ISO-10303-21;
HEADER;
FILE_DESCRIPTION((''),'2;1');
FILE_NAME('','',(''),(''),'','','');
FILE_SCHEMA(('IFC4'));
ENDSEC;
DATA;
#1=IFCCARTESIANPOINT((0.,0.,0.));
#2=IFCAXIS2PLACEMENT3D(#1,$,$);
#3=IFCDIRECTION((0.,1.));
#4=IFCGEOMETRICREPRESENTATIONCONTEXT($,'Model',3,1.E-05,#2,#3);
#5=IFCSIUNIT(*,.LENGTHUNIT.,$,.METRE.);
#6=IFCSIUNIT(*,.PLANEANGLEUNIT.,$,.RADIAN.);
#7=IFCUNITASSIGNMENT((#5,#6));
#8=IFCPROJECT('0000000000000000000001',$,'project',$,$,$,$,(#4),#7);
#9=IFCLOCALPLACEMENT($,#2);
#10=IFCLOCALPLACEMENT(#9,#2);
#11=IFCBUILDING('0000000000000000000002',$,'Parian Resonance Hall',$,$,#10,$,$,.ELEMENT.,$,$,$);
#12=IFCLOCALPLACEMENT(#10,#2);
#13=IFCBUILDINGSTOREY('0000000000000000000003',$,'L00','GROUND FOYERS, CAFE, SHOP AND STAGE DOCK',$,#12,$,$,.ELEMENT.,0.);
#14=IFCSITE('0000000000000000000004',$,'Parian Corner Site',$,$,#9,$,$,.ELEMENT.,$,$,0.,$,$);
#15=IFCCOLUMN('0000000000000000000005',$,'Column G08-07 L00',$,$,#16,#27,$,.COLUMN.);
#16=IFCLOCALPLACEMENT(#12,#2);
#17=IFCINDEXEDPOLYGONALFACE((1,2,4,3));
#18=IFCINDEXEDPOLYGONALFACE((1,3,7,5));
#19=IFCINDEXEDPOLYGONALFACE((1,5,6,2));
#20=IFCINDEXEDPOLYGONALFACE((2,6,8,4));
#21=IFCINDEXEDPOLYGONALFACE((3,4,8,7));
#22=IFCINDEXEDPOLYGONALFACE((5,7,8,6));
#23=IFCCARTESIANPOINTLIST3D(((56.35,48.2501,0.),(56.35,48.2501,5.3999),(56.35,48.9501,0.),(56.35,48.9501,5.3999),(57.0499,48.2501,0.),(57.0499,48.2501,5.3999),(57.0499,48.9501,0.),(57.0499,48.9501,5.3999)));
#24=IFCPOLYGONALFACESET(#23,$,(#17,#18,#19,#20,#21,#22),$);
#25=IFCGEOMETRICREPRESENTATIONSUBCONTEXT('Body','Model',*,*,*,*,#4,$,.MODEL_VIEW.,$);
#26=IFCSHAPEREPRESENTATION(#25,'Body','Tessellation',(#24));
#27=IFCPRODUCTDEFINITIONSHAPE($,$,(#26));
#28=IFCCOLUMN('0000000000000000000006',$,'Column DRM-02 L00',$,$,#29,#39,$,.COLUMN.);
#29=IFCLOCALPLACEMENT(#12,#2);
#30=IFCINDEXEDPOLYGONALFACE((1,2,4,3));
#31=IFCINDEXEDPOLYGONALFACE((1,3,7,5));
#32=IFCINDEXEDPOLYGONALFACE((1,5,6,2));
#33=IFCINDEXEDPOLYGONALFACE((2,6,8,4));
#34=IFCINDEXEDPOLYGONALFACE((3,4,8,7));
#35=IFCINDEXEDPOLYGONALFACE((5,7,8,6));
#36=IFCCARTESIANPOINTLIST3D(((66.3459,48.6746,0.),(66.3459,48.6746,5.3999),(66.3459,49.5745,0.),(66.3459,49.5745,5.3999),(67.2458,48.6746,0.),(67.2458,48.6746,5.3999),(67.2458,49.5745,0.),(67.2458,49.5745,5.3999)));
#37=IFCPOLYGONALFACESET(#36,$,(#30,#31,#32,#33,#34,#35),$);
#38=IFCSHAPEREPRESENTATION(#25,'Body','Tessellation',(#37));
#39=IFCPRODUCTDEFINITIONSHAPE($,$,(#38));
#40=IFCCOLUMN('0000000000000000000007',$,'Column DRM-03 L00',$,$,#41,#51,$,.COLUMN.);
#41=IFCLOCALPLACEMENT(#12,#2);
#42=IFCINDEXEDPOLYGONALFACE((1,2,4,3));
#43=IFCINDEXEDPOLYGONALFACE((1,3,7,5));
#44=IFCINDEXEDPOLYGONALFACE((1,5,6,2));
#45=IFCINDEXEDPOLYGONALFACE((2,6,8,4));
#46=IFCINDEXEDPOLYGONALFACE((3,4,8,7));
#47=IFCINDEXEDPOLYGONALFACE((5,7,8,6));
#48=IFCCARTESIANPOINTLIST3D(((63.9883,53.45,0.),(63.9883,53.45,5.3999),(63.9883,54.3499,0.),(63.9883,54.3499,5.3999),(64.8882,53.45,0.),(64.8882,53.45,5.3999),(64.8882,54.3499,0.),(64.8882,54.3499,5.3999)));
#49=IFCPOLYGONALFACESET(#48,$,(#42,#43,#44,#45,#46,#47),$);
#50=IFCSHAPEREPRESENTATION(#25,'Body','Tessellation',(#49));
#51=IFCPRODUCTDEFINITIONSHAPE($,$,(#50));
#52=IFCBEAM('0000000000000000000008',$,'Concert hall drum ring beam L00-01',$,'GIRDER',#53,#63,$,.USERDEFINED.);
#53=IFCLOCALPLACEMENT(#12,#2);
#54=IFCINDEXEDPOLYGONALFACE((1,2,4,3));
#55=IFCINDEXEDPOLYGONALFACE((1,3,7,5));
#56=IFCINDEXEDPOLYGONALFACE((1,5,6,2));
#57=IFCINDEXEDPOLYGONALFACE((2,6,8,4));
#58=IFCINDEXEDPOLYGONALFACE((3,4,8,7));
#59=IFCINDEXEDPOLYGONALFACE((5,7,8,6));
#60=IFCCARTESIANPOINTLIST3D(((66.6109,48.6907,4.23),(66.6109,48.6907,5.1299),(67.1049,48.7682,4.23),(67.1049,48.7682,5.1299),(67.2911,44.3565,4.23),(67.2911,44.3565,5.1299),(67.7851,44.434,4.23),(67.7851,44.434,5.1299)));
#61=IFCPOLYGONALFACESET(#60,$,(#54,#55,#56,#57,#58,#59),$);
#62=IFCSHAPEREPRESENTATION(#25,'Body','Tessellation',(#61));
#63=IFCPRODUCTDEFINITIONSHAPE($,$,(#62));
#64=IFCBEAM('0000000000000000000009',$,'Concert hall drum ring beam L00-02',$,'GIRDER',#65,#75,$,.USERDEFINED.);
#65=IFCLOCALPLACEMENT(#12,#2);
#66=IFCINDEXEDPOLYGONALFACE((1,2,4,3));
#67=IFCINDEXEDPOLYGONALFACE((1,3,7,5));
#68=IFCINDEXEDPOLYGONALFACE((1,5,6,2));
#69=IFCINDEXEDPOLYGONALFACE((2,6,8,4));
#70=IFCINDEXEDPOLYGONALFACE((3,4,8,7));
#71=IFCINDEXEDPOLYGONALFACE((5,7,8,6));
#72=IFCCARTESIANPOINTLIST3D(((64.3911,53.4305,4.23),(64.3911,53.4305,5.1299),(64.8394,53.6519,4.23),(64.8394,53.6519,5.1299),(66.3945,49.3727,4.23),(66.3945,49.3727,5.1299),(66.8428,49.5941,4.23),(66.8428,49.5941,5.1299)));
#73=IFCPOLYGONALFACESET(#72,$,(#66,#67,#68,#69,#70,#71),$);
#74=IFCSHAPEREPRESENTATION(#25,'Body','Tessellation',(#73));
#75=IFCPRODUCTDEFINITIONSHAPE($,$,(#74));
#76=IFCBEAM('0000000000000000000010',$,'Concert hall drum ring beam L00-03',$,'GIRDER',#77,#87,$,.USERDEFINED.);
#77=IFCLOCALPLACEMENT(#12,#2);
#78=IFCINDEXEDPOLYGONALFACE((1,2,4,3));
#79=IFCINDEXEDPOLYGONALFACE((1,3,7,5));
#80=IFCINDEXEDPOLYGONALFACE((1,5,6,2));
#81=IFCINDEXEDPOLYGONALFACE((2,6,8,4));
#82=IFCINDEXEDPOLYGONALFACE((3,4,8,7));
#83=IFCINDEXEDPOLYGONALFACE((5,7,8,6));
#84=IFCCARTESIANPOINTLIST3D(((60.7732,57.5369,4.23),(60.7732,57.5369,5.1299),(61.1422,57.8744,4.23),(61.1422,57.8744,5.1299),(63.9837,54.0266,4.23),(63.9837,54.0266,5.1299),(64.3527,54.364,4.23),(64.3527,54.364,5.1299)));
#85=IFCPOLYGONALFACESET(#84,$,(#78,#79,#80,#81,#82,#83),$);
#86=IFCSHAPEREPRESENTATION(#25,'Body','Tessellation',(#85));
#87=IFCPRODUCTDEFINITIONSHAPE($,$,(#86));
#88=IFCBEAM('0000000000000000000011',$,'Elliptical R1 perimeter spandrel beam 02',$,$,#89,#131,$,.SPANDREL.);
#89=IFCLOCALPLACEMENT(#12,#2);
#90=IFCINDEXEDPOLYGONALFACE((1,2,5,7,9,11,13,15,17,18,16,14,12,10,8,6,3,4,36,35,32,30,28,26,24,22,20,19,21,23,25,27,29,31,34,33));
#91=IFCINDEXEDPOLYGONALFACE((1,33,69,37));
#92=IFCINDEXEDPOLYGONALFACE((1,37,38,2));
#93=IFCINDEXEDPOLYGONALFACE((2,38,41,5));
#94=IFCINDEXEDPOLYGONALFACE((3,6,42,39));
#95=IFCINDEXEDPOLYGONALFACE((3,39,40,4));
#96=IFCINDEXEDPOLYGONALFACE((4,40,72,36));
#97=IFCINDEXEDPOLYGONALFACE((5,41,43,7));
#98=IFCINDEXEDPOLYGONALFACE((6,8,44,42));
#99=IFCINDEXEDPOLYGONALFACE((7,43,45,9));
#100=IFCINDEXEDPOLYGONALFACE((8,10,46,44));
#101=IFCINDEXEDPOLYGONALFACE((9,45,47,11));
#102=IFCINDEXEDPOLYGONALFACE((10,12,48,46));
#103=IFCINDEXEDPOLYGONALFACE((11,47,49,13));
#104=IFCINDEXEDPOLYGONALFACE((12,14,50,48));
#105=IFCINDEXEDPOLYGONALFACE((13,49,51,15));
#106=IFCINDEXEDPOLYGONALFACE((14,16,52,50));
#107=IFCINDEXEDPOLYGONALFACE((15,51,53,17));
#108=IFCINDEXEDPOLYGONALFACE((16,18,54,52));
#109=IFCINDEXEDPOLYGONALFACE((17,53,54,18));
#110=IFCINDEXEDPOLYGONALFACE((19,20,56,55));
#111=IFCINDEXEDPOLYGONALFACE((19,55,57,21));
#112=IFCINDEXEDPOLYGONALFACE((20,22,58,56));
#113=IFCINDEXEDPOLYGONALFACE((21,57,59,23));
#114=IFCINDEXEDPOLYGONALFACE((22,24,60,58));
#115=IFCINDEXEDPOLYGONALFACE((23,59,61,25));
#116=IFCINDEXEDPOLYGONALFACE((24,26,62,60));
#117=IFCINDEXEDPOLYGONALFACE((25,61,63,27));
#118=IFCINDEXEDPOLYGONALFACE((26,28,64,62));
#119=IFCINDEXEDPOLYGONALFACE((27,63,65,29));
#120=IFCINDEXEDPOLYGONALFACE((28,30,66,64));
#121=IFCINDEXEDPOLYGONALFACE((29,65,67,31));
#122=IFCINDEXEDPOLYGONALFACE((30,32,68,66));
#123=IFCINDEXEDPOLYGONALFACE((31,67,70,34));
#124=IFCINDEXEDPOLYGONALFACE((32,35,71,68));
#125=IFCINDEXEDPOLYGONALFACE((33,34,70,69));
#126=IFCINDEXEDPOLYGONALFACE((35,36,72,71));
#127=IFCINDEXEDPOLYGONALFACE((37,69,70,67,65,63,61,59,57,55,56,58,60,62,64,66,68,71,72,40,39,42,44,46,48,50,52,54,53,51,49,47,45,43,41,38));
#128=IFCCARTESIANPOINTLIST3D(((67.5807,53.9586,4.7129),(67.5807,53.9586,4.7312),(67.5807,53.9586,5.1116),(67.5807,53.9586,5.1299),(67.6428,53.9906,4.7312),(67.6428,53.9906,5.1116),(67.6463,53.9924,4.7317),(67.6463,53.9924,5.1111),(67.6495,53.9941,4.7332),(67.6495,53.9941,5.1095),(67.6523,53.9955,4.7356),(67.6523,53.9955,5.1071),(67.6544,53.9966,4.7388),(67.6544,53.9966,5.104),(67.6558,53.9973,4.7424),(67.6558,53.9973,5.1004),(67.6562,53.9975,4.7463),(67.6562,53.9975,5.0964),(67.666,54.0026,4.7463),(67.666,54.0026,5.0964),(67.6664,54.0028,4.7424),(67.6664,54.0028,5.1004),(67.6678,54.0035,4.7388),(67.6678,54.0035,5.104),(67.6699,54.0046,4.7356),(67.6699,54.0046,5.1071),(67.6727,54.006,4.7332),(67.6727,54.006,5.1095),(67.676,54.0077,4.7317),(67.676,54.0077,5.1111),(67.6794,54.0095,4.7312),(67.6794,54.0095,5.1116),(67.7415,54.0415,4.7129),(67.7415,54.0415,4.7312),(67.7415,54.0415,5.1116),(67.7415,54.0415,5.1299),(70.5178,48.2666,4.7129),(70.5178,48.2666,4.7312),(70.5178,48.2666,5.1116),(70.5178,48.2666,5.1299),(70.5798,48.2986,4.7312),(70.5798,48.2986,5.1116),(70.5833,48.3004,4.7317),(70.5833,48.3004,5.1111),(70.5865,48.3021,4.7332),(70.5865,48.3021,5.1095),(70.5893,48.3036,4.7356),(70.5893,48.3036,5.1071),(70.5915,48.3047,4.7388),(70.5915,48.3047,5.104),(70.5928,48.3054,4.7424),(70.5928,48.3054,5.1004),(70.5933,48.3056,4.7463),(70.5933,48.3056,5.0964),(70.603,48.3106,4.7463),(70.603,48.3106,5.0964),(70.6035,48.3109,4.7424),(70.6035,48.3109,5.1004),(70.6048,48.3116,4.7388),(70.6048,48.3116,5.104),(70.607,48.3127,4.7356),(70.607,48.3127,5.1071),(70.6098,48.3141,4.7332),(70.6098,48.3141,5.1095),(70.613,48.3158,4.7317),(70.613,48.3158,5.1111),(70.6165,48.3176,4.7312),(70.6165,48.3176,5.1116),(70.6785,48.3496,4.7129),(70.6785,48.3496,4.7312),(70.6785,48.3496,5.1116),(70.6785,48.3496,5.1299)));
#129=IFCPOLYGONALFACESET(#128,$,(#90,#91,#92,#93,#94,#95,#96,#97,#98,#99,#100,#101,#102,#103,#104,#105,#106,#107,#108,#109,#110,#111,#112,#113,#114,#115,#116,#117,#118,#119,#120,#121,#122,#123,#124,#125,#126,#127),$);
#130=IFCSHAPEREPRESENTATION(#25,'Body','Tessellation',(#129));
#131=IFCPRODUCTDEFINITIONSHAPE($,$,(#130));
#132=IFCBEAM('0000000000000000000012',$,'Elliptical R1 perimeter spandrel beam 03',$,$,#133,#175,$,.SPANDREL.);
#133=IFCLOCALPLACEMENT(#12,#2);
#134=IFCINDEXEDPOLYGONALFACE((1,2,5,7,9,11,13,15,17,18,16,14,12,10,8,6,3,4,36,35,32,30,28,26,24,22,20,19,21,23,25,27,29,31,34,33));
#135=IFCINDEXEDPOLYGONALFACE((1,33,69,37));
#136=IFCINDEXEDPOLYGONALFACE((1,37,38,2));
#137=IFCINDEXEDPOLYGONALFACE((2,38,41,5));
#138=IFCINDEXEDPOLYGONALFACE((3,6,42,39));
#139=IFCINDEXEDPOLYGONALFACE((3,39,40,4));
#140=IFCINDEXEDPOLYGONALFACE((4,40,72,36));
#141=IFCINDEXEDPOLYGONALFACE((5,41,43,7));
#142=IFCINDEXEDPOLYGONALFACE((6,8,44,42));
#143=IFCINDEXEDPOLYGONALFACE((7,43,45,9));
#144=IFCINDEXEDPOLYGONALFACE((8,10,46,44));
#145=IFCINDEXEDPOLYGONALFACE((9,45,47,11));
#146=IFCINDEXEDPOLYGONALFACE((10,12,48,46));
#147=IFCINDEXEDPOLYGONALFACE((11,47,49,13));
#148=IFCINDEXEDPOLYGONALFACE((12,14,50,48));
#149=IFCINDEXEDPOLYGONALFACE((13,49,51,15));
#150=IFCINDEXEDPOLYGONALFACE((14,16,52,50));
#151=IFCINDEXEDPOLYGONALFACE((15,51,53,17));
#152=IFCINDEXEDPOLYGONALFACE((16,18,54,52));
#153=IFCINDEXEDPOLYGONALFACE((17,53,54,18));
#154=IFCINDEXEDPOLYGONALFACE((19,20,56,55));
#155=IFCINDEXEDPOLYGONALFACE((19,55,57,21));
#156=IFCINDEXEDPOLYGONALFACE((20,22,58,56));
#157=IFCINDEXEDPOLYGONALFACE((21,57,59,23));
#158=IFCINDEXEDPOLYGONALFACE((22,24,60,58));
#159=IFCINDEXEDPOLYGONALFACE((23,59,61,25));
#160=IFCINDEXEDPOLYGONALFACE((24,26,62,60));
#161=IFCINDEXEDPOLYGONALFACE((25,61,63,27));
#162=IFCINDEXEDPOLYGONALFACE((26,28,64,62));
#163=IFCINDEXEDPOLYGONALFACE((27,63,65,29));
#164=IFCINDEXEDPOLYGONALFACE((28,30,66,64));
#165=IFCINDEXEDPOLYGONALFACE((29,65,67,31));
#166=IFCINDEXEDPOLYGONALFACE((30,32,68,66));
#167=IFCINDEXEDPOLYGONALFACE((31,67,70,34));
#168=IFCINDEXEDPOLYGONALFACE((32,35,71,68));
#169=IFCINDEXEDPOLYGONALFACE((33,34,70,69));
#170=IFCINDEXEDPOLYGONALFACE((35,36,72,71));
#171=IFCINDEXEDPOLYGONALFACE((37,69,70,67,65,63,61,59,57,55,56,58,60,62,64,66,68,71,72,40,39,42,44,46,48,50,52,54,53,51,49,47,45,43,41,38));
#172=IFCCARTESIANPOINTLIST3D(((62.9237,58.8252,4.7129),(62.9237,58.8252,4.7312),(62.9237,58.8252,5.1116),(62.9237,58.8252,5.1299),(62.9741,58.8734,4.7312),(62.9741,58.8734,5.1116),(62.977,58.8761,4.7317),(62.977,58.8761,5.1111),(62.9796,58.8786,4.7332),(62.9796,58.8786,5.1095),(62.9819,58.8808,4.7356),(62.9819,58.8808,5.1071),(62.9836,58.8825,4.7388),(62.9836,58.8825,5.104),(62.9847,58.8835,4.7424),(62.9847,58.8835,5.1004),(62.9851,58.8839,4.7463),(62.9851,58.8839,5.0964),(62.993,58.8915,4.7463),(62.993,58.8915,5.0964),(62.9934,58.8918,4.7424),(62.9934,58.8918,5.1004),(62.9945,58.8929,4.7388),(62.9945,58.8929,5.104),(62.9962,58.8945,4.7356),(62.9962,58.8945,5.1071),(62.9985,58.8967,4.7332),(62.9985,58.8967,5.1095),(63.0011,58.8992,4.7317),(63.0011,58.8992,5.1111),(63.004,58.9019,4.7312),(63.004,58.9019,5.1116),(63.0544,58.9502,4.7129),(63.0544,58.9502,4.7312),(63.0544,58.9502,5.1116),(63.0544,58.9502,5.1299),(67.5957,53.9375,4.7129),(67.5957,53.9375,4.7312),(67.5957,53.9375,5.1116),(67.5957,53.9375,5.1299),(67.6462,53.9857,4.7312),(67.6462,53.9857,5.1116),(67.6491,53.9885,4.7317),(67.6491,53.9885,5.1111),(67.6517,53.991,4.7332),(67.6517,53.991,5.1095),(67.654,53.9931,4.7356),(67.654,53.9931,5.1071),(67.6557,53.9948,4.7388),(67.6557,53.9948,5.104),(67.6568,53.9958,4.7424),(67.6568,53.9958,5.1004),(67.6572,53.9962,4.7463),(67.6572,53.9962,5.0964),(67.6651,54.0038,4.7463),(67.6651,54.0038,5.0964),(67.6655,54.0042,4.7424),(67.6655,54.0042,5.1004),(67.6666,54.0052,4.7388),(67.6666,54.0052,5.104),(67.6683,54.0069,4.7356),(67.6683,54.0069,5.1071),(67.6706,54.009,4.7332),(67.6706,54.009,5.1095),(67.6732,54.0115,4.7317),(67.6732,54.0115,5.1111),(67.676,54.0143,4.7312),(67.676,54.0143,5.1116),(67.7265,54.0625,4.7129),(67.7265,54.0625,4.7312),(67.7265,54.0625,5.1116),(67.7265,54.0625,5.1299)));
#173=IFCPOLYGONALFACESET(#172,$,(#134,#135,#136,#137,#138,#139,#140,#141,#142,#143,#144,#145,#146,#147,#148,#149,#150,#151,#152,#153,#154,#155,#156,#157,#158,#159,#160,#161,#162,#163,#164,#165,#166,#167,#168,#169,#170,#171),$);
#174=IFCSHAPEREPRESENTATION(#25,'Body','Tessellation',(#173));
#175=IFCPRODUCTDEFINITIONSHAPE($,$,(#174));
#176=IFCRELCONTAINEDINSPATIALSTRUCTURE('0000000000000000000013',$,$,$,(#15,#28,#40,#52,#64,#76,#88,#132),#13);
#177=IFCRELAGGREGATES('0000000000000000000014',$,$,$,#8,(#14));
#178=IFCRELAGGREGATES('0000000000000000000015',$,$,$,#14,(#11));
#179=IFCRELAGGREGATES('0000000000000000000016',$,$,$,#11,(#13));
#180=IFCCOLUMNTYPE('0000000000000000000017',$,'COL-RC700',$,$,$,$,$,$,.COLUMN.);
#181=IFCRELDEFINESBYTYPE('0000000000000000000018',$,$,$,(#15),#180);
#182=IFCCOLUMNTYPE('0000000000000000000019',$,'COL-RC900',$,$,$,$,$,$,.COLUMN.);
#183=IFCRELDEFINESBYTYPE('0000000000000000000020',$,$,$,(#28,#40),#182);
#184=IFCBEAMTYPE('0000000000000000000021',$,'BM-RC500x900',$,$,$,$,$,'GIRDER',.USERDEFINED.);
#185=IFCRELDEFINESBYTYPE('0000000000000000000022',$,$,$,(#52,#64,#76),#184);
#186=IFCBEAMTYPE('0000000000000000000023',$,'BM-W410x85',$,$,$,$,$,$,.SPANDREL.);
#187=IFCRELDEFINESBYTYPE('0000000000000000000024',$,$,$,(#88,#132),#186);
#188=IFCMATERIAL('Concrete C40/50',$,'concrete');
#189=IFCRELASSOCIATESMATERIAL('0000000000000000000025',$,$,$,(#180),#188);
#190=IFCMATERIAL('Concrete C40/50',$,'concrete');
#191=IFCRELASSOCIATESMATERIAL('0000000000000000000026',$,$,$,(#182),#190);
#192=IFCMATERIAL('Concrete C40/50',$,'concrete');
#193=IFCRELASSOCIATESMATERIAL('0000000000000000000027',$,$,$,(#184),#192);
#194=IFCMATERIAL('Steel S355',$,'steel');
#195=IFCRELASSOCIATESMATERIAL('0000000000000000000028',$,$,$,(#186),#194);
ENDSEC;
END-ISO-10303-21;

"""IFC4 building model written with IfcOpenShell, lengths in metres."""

from ifc_helpers import new_model, si_unit, direction, frame, origin, origin_2d, place, context, subcontext, project, spatial, rectangle, i_section, extrude, material, material_profile, profile_set, type_object, element, save


model = new_model("IFC4")

# Units and contexts
model_context = context("Model", 3, precision=1e-05, world=origin(), true_north=direction((0.0, 1.0)))
body_context = subcontext(model_context, "Body", "Model", "MODEL_VIEW")
ifc_project = project(units=[si_unit("LENGTHUNIT", "METRE"), si_unit("PLANEANGLEUNIT", "RADIAN")], contexts=[model_context])

# Site, building, storey
site_placement = place(None, origin())
site = spatial("IfcSite", under=ifc_project, at=site_placement, Name="Parian Corner Site", CompositionType="ELEMENT", RefElevation=0.0)
building_placement = place(site_placement, origin())
building = spatial("IfcBuilding", under=site, at=building_placement, Name="Parian Resonance Hall", CompositionType="ELEMENT")
storey_placement = place(building_placement, origin())
storey = spatial("IfcBuildingStorey", under=building, at=storey_placement, Name="L00", Description="GROUND FOYERS, CAFE, SHOP AND STAGE DOCK", CompositionType="ELEMENT", Elevation=0.0)

# Columns
ifc_material_1 = material(Name="Concrete C40/50", Category="concrete")
ifc_material_profile_1 = material_profile(ifc_material_1, rectangle(XDim=0.7, YDim=0.7, at=origin_2d()), Name="RC-COL-700x700")
ifc_profile_set_1 = profile_set([ifc_material_profile_1], Name="Concrete C40/50")
column_type_1 = type_object("IfcColumnType", Name="COL-RC700", PredefinedType="COLUMN", material=ifc_profile_set_1)
column_placement = place(storey_placement, frame((56.7, 48.6001, 0.0), z_axis=(0.0, 0.0, 1.0), x_axis=(1.0, 0.0, 0.0)))
element("IfcColumn", 1, at=column_placement, inside=storey, type_object=column_type_1, Name="Column G08-07 L00", PredefinedType="COLUMN", context=body_context, shape_type="SweptSolid", body=[
    extrude(rectangle(XDim=0.7, YDim=0.7, at=origin_2d()), origin(), (0.0, 0.0, 1.0), 5.3999),
])
ifc_material_2 = material(Name="Concrete C40/50", Category="concrete")
ifc_material_profile_2 = material_profile(ifc_material_2, rectangle(XDim=0.8999, YDim=0.8999, at=origin_2d()), Name="RC-COL-900x900")
ifc_profile_set_2 = profile_set([ifc_material_profile_2], Name="Concrete C40/50")
column_type_2 = type_object("IfcColumnType", Name="COL-RC900", PredefinedType="COLUMN", material=ifc_profile_set_2)
for number, where, z_axis, x_axis, name in (
    (2, (66.7959, 49.1245, 0.0), (0.0, 0.0, 1.0), (1.0, 0.0, 0.0), "Column DRM-02 L00"),
    (3, (64.4382, 53.8999, 0.0), (0.0, 0.0, 1.0), (1.0, 0.0, 0.0), "Column DRM-03 L00"),
):
    element("IfcColumn", number, at=place(storey_placement, frame(where, z_axis=z_axis, x_axis=x_axis)), inside=storey, type_object=column_type_2, Name=name, PredefinedType="COLUMN", context=body_context, shape_type="SweptSolid", body=[
        extrude(rectangle(XDim=0.8999, YDim=0.8999, at=origin_2d()), origin(), (0.0, 0.0, 1.0), 5.3999),
    ])

# Beams
ifc_material_3 = material(Name="Concrete C40/50", Category="concrete")
ifc_material_profile_3 = material_profile(ifc_material_3, rectangle(XDim=0.5, YDim=0.8999, at=origin_2d()), Name="RC-BM-500x900")
ifc_profile_set_3 = profile_set([ifc_material_profile_3], Name="Concrete C40/50")
beam_type_1 = type_object("IfcBeamType", Name="BM-RC500x900", ElementType="GIRDER", PredefinedType="USERDEFINED", material=ifc_profile_set_3)
beam_1_placement = place(storey_placement, frame((67.5381, 44.3953, 4.6799), z_axis=(-0.155034, 0.987909, 0.0), x_axis=(-0.987909, -0.155034, 0.0)))
element("IfcBeam", 4, at=beam_1_placement, inside=storey, type_object=beam_type_1, Name="Concert hall drum ring beam L00-01", ObjectType="GIRDER", PredefinedType="USERDEFINED", context=body_context, shape_type="SweptSolid", body=[
    extrude(rectangle(XDim=0.5, YDim=0.8999, at=origin_2d()), origin(), (0.0, 0.0, 1.0), 4.3872),
])
beam_2_placement = place(storey_placement, frame((66.6187, 49.4834, 4.6799), z_axis=(-0.442698, 0.896671, 0.0), x_axis=(-0.896671, -0.442698, 0.0)))
element("IfcBeam", 5, at=beam_2_placement, inside=storey, type_object=beam_type_1, Name="Concert hall drum ring beam L00-02", ObjectType="GIRDER", PredefinedType="USERDEFINED", context=body_context, shape_type="SweptSolid", body=[
    extrude(rectangle(XDim=0.5, YDim=0.8999, at=origin_2d()), origin(), (0.0, 0.0, 1.0), 4.5254),
])
beam_3_placement = place(storey_placement, frame((64.1682, 54.1953, 4.6799), z_axis=(-0.674892, 0.737916, 0.0), x_axis=(-0.737916, -0.674892, 0.0)))
element("IfcBeam", 6, at=beam_3_placement, inside=storey, type_object=beam_type_1, Name="Concert hall drum ring beam L00-03", ObjectType="GIRDER", PredefinedType="USERDEFINED", context=body_context, shape_type="SweptSolid", body=[
    extrude(rectangle(XDim=0.5, YDim=0.8999, at=origin_2d()), origin(), (0.0, 0.0, 1.0), 4.7571),
])
ifc_material_4 = material(Name="Steel S355", Category="steel")
ifc_material_profile_4 = material_profile(ifc_material_4, i_section(OverallWidth=0.1809, OverallDepth=0.417, WebThickness=0.011, FlangeThickness=0.0183, FilletRadius=0.0151, at=origin_2d()), Name="W410x85")
ifc_profile_set_4 = profile_set([ifc_material_profile_4], Name="Steel S355")
beam_type_2 = type_object("IfcBeamType", Name="BM-W410x85", PredefinedType="SPANDREL", material=ifc_profile_set_4)
beam_4_placement = place(storey_placement, frame((70.5981, 48.3081, 4.9214), z_axis=(-0.458552, 0.888668, 0.0), x_axis=(-0.888668, -0.458552, 0.0)))
element("IfcBeam", 7, at=beam_4_placement, inside=storey, type_object=beam_type_2, Name="Elliptical R1 perimeter spandrel beam 02", PredefinedType="SPANDREL", context=body_context, shape_type="SweptSolid", body=[
    extrude(i_section(OverallWidth=0.1809, OverallDepth=0.417, WebThickness=0.011, FlangeThickness=0.0183, FilletRadius=0.0151, at=origin_2d()), origin(), (0.0, 0.0, 1.0), 6.405),
])
beam_5_placement = place(storey_placement, frame((67.6611, 54.0, 4.9214), z_axis=(-0.690986, 0.722868, 0.0), x_axis=(-0.722868, -0.690986, 0.0)))
element("IfcBeam", 8, at=beam_5_placement, inside=storey, type_object=beam_type_2, Name="Elliptical R1 perimeter spandrel beam 03", PredefinedType="SPANDREL", context=body_context, shape_type="SweptSolid", body=[
    extrude(i_section(OverallWidth=0.1809, OverallDepth=0.417, WebThickness=0.011, FlangeThickness=0.0183, FilletRadius=0.0151, at=origin_2d()), origin(), (0.0, 0.0, 1.0), 6.7615),
])

save(model, "model.ifc")
